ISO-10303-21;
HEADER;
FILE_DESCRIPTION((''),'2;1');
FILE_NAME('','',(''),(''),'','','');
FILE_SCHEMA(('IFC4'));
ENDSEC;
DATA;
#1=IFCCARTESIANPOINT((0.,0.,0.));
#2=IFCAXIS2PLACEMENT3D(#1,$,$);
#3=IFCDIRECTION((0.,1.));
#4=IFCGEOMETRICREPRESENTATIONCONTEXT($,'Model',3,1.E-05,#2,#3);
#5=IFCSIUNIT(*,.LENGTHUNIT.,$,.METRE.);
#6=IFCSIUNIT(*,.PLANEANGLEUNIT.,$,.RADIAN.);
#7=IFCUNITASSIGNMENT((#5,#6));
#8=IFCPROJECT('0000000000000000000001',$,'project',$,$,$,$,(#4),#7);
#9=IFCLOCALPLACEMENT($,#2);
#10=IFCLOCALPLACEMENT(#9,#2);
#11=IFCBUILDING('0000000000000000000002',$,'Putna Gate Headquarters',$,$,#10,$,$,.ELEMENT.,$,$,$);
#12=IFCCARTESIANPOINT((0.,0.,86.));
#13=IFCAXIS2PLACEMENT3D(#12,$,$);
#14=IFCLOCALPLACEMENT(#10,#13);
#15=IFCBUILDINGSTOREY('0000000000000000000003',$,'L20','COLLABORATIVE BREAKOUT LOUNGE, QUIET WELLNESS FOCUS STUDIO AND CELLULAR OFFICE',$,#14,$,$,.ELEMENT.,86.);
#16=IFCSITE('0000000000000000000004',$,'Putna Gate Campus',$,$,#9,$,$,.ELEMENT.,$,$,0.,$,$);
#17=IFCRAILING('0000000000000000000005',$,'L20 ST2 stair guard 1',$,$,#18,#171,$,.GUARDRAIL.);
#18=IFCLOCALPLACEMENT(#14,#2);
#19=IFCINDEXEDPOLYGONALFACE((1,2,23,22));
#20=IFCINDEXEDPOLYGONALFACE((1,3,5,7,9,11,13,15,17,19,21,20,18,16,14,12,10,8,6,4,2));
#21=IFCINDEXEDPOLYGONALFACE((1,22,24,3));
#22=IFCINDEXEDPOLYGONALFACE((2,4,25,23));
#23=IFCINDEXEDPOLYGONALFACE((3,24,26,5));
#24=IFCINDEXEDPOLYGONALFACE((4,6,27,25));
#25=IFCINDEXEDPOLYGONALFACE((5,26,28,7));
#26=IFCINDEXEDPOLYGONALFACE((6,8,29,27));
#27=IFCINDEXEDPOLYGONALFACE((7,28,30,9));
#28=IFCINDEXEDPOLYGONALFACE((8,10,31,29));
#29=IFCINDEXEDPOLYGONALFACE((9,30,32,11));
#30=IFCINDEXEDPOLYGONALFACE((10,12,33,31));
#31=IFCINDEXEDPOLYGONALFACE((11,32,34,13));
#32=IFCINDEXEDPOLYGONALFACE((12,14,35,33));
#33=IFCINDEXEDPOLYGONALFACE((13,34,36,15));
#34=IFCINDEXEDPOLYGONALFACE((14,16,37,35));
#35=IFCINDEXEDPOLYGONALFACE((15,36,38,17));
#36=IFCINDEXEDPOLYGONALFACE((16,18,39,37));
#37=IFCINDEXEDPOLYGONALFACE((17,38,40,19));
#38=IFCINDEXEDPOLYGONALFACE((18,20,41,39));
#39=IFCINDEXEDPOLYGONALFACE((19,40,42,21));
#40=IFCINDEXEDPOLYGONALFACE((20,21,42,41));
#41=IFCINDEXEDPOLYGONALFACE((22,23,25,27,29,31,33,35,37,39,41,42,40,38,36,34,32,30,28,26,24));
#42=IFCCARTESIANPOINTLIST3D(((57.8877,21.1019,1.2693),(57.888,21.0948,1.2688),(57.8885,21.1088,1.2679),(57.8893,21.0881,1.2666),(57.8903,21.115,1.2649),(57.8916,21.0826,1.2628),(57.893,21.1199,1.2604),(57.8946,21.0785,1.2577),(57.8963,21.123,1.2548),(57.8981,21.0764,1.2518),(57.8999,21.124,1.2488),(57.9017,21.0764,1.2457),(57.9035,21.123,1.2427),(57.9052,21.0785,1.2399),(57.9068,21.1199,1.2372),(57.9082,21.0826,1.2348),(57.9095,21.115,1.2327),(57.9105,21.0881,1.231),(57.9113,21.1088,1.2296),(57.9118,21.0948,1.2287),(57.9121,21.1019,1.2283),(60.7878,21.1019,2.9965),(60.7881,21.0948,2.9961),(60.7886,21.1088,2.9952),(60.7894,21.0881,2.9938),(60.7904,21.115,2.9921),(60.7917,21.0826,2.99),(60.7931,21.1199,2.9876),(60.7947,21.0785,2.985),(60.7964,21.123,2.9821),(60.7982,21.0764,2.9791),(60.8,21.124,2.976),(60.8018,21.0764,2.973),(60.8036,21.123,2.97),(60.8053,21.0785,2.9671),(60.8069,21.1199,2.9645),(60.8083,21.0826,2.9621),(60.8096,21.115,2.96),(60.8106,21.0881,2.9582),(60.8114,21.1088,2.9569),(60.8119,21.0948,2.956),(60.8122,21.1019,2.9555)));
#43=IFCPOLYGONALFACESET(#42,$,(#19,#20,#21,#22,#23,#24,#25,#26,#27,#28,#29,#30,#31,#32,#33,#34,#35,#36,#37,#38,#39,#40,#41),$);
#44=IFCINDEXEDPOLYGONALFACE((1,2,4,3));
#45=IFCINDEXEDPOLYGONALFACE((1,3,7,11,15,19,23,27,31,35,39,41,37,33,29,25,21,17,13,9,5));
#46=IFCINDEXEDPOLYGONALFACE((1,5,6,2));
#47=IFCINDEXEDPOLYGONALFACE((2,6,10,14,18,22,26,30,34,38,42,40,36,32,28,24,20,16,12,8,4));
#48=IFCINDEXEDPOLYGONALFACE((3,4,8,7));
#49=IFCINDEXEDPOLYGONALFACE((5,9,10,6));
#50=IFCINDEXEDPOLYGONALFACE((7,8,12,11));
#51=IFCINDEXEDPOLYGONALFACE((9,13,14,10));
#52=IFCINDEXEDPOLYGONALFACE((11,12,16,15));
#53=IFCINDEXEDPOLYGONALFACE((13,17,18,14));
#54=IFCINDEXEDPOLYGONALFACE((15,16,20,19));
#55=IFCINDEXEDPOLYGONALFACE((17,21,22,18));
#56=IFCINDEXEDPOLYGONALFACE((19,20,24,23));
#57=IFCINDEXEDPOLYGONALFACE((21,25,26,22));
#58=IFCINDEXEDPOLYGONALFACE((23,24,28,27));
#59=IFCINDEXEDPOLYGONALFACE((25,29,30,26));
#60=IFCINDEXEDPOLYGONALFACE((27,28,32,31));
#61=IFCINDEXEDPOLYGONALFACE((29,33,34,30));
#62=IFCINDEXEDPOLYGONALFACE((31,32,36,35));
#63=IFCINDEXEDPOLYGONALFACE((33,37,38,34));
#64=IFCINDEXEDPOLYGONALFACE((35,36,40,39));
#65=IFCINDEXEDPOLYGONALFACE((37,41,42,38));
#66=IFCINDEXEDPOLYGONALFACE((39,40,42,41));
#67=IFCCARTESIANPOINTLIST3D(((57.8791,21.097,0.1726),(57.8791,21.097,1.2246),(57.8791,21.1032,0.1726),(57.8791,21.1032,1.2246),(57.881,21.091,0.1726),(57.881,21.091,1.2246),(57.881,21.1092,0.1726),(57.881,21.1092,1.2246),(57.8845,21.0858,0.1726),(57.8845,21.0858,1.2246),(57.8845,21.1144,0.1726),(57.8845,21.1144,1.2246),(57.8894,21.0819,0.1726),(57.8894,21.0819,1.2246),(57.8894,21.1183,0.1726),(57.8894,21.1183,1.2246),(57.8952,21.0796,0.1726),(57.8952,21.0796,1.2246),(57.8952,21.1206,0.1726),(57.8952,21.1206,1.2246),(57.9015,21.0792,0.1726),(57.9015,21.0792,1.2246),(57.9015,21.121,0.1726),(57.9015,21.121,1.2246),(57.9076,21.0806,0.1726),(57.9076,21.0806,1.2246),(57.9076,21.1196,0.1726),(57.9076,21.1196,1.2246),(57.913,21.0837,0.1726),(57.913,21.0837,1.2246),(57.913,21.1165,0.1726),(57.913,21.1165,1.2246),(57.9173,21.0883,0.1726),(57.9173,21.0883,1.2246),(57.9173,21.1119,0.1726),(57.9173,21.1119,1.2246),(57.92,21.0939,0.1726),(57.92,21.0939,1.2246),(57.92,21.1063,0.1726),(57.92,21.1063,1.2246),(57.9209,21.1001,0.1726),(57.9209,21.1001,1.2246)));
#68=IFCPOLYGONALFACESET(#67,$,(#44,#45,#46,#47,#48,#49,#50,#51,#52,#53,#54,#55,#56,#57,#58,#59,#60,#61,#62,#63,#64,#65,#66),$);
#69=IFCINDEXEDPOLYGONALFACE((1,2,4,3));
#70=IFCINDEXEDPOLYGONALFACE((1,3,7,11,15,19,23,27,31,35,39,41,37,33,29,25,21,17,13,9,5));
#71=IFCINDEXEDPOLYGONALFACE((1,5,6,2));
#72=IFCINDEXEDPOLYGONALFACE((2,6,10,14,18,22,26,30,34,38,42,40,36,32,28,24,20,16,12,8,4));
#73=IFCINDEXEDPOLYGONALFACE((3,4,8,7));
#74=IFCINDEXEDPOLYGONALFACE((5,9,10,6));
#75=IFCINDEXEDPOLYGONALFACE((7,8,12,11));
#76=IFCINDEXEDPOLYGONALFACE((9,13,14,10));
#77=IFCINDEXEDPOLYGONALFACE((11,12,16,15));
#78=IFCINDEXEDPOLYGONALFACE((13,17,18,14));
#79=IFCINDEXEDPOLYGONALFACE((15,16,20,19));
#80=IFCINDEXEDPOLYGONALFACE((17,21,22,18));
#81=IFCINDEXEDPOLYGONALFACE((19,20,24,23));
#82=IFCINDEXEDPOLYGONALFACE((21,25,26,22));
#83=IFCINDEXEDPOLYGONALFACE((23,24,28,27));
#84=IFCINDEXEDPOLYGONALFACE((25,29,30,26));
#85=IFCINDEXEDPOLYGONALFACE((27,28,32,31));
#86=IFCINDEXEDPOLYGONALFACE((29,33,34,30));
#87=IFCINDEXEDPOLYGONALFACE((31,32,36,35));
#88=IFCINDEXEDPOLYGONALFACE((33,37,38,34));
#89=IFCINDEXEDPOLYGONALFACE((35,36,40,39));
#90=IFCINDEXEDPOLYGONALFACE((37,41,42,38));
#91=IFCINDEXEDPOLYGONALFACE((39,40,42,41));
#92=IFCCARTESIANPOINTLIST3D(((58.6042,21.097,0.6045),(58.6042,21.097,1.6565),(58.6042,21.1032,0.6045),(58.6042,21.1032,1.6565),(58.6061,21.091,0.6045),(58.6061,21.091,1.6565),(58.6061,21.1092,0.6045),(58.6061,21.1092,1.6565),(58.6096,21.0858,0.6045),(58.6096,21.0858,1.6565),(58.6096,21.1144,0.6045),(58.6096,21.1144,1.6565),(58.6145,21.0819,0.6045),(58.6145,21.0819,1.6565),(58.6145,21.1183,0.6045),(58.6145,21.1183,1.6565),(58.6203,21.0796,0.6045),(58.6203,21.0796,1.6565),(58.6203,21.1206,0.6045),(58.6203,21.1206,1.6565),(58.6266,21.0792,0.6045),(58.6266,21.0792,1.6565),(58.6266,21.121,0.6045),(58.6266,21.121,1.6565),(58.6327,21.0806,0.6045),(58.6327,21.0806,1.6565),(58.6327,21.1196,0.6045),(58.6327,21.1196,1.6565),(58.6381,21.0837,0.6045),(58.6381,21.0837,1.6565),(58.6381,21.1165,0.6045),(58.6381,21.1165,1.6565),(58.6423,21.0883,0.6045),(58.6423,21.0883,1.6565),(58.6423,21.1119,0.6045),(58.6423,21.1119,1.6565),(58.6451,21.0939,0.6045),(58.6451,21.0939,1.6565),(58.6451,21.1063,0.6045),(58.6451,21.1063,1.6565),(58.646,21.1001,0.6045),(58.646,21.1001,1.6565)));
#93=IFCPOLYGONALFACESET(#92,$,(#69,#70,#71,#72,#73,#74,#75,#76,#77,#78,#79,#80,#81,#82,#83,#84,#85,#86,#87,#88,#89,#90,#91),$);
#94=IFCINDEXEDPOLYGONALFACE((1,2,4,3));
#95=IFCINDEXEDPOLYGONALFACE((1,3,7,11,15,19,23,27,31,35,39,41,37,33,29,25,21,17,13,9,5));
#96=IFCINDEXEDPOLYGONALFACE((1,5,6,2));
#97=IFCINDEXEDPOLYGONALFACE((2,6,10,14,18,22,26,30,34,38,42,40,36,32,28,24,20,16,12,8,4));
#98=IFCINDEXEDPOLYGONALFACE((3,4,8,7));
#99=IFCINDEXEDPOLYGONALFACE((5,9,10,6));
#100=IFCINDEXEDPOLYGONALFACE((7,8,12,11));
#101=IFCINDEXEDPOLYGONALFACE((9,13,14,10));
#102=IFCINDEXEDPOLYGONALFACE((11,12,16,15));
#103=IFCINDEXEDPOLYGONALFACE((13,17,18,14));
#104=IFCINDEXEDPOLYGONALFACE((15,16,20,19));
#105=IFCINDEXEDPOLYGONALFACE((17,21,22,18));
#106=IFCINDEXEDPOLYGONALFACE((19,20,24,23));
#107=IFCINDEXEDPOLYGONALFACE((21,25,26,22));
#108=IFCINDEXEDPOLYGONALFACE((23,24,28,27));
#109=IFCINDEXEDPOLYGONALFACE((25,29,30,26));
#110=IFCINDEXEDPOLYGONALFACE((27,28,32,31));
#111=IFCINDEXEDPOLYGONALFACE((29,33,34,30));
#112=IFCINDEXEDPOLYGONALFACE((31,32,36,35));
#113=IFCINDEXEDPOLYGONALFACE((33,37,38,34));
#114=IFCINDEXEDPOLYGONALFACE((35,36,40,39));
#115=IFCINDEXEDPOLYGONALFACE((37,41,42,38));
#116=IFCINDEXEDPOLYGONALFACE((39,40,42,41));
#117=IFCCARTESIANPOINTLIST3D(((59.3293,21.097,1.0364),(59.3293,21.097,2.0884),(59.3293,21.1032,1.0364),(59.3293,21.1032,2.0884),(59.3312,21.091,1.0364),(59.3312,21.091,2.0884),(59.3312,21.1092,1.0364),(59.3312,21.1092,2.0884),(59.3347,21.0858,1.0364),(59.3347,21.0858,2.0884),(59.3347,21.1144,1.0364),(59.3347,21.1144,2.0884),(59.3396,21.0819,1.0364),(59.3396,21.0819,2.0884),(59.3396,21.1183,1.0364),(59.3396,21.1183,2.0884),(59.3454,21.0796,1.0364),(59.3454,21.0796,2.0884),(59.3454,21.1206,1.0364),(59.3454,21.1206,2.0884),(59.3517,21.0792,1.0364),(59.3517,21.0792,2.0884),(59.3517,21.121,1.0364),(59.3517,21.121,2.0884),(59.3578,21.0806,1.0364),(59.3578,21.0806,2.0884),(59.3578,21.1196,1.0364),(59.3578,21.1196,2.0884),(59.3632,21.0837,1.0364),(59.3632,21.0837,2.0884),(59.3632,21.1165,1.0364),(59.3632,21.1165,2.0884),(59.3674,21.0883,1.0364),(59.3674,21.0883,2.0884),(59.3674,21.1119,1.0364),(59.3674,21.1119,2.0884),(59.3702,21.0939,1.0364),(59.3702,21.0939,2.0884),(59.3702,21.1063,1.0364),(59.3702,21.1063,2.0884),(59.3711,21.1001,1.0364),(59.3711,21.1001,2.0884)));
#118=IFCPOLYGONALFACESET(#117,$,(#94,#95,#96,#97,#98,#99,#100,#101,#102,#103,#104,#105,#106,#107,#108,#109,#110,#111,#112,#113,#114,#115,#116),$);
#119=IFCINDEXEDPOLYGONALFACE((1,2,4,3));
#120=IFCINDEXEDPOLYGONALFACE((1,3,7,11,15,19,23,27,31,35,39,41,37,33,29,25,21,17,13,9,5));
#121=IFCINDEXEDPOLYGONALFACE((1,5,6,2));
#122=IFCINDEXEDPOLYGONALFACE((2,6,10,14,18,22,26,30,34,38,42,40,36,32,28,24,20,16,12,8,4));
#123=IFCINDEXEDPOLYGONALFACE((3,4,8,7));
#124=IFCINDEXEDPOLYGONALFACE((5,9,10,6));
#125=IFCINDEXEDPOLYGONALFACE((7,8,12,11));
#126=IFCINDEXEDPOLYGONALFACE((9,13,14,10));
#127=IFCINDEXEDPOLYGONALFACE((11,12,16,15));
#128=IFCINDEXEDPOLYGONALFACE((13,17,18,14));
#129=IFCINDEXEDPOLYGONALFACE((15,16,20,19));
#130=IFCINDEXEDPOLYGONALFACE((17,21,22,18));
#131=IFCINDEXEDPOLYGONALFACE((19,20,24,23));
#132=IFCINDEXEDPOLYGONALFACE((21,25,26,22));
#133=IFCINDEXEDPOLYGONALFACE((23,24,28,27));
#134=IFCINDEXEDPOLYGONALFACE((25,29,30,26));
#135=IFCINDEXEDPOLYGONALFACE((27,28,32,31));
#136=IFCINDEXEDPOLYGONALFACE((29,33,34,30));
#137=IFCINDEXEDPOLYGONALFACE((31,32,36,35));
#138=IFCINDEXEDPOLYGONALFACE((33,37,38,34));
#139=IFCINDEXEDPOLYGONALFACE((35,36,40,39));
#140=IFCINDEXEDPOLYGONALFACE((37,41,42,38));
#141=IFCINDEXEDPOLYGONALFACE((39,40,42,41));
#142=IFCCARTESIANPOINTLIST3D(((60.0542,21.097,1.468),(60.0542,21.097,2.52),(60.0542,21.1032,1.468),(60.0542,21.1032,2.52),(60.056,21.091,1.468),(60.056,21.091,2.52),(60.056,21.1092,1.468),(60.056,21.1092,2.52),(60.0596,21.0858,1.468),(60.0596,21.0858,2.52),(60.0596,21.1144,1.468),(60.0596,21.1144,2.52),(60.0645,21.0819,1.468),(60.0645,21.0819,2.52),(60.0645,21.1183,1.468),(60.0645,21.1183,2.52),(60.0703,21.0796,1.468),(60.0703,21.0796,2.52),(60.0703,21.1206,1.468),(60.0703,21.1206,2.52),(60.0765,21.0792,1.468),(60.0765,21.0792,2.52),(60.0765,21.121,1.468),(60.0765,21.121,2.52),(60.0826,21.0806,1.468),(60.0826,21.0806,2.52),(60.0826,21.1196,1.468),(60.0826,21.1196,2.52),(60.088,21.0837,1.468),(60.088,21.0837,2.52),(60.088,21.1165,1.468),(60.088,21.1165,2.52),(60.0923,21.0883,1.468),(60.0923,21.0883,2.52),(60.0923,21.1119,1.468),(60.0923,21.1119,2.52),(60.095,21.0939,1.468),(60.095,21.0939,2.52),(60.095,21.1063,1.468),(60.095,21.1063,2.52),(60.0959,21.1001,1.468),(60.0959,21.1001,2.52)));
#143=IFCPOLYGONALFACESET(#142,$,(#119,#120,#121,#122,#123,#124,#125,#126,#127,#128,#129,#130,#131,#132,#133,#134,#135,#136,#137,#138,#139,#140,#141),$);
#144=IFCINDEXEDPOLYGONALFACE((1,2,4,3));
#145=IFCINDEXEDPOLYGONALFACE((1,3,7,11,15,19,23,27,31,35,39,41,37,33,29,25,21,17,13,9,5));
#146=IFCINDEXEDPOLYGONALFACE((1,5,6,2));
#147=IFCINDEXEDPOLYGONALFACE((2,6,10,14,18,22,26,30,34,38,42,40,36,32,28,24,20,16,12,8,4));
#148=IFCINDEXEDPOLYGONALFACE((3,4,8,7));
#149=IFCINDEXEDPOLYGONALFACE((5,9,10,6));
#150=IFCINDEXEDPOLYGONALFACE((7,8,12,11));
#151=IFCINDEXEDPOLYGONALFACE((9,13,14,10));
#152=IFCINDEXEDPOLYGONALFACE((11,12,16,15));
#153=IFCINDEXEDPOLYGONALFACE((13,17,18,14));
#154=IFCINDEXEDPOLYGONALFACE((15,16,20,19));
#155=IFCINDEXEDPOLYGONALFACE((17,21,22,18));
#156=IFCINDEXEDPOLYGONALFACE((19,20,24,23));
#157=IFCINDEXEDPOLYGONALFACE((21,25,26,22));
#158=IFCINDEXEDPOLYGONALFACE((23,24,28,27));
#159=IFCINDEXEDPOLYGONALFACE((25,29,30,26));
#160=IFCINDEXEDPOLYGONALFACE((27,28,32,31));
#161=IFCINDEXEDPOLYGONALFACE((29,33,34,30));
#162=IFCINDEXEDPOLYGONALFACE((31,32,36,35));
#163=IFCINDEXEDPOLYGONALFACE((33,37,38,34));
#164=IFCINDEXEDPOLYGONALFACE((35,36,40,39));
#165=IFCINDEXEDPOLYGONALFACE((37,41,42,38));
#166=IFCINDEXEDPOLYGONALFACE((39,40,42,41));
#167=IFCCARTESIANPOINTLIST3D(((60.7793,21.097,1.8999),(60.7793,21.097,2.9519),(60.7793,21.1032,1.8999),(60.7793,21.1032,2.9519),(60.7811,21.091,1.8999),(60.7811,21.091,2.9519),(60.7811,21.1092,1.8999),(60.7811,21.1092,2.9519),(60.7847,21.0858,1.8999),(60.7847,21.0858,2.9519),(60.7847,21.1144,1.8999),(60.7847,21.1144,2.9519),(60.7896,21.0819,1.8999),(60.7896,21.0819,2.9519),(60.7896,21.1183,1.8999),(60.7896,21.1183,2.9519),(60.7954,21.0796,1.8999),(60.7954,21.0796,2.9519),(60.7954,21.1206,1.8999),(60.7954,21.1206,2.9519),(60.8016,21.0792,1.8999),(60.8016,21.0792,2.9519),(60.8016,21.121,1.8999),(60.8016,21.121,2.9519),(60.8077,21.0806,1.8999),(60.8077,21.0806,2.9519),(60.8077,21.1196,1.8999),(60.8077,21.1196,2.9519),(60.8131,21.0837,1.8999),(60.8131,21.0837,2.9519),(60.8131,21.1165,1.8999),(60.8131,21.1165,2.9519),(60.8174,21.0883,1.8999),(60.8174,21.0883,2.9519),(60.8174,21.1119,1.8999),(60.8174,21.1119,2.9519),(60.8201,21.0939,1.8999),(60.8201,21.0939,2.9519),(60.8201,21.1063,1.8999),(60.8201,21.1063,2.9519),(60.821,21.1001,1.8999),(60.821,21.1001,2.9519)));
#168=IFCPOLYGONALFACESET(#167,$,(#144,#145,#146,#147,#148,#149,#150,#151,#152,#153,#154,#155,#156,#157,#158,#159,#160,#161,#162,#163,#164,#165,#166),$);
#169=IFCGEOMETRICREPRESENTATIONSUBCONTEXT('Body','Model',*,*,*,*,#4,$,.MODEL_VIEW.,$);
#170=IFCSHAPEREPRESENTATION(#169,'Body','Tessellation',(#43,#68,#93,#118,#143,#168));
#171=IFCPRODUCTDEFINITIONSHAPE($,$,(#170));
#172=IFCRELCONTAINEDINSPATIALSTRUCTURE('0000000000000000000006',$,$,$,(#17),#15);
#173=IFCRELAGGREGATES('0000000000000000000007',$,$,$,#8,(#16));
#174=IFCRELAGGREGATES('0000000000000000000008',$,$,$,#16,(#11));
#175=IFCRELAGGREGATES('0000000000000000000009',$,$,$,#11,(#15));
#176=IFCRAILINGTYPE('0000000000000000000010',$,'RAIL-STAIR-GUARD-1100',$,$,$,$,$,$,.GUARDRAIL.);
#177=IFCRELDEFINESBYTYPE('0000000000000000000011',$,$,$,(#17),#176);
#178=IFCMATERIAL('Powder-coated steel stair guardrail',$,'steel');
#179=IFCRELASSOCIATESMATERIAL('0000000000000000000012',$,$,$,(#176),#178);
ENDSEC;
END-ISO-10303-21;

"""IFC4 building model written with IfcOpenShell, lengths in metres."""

from ifc_helpers import new_model, si_unit, direction, frame, origin, origin_2d, place, context, subcontext, project, spatial, circle, extrude, material, type_object, element, save


model = new_model("IFC4")

# Units and contexts
model_context = context("Model", 3, precision=1e-05, world=origin(), true_north=direction((0.0, 1.0)))
body_context = subcontext(model_context, "Body", "Model", "MODEL_VIEW")
ifc_project = project(units=[si_unit("LENGTHUNIT", "METRE"), si_unit("PLANEANGLEUNIT", "RADIAN")], contexts=[model_context])

# Site, building, storey
site_placement = place(None, origin())
site = spatial("IfcSite", under=ifc_project, at=site_placement, Name="Putna Gate Campus", CompositionType="ELEMENT", RefElevation=0.0)
building_placement = place(site_placement, origin())
building = spatial("IfcBuilding", under=site, at=building_placement, Name="Putna Gate Headquarters", CompositionType="ELEMENT")
storey_placement = place(building_placement, frame((0.0, 0.0, 86.0)))
storey = spatial("IfcBuildingStorey", under=building, at=storey_placement, Name="L20", Description="COLLABORATIVE BREAKOUT LOUNGE, QUIET WELLNESS FOCUS STUDIO AND CELLULAR OFFICE", CompositionType="ELEMENT", Elevation=86.0)

# Railing
ifc_material_1 = material(Name="Powder-coated steel stair guardrail", Category="steel")
railing_type_1 = type_object("IfcRailingType", Name="RAIL-STAIR-GUARD-1100", PredefinedType="GUARDRAIL", material=ifc_material_1)
railing_1_placement = place(storey_placement, frame((57.8999, 21.1001, 0.1726)))
element("IfcRailing", 1, at=railing_1_placement, inside=storey, type_object=railing_type_1, Name="L20 ST2 stair guard 1", PredefinedType="GUARDRAIL", context=body_context, shape_type="SweptSolid", body=[
    extrude(circle(Radius=0.0239, at=origin_2d()), frame((0.0, 0.0, 1.0762), z_axis=(0.85916, 0.0, 0.511706), x_axis=(0.0, 1.0, 0.0)), (0.0, 0.0, 1.0), 3.3755),
    extrude(circle(Radius=0.021, at=origin_2d()), origin(), (0.0, 0.0, 1.0), 1.052),
    extrude(circle(Radius=0.021, at=origin_2d()), frame((0.7251, 0.0, 0.4319)), (0.0, 0.0, 1.0), 1.052),
    extrude(circle(Radius=0.021, at=origin_2d()), frame((1.4502, 0.0, 0.8638)), (0.0, 0.0, 1.0), 1.052),
    extrude(circle(Radius=0.021, at=origin_2d()), frame((2.175, 0.0, 1.2954)), (0.0, 0.0, 1.0), 1.052),
    extrude(circle(Radius=0.021, at=origin_2d()), frame((2.9001, 0.0, 1.7273)), (0.0, 0.0, 1.0), 1.052),
])

save(model, "model.ifc")
